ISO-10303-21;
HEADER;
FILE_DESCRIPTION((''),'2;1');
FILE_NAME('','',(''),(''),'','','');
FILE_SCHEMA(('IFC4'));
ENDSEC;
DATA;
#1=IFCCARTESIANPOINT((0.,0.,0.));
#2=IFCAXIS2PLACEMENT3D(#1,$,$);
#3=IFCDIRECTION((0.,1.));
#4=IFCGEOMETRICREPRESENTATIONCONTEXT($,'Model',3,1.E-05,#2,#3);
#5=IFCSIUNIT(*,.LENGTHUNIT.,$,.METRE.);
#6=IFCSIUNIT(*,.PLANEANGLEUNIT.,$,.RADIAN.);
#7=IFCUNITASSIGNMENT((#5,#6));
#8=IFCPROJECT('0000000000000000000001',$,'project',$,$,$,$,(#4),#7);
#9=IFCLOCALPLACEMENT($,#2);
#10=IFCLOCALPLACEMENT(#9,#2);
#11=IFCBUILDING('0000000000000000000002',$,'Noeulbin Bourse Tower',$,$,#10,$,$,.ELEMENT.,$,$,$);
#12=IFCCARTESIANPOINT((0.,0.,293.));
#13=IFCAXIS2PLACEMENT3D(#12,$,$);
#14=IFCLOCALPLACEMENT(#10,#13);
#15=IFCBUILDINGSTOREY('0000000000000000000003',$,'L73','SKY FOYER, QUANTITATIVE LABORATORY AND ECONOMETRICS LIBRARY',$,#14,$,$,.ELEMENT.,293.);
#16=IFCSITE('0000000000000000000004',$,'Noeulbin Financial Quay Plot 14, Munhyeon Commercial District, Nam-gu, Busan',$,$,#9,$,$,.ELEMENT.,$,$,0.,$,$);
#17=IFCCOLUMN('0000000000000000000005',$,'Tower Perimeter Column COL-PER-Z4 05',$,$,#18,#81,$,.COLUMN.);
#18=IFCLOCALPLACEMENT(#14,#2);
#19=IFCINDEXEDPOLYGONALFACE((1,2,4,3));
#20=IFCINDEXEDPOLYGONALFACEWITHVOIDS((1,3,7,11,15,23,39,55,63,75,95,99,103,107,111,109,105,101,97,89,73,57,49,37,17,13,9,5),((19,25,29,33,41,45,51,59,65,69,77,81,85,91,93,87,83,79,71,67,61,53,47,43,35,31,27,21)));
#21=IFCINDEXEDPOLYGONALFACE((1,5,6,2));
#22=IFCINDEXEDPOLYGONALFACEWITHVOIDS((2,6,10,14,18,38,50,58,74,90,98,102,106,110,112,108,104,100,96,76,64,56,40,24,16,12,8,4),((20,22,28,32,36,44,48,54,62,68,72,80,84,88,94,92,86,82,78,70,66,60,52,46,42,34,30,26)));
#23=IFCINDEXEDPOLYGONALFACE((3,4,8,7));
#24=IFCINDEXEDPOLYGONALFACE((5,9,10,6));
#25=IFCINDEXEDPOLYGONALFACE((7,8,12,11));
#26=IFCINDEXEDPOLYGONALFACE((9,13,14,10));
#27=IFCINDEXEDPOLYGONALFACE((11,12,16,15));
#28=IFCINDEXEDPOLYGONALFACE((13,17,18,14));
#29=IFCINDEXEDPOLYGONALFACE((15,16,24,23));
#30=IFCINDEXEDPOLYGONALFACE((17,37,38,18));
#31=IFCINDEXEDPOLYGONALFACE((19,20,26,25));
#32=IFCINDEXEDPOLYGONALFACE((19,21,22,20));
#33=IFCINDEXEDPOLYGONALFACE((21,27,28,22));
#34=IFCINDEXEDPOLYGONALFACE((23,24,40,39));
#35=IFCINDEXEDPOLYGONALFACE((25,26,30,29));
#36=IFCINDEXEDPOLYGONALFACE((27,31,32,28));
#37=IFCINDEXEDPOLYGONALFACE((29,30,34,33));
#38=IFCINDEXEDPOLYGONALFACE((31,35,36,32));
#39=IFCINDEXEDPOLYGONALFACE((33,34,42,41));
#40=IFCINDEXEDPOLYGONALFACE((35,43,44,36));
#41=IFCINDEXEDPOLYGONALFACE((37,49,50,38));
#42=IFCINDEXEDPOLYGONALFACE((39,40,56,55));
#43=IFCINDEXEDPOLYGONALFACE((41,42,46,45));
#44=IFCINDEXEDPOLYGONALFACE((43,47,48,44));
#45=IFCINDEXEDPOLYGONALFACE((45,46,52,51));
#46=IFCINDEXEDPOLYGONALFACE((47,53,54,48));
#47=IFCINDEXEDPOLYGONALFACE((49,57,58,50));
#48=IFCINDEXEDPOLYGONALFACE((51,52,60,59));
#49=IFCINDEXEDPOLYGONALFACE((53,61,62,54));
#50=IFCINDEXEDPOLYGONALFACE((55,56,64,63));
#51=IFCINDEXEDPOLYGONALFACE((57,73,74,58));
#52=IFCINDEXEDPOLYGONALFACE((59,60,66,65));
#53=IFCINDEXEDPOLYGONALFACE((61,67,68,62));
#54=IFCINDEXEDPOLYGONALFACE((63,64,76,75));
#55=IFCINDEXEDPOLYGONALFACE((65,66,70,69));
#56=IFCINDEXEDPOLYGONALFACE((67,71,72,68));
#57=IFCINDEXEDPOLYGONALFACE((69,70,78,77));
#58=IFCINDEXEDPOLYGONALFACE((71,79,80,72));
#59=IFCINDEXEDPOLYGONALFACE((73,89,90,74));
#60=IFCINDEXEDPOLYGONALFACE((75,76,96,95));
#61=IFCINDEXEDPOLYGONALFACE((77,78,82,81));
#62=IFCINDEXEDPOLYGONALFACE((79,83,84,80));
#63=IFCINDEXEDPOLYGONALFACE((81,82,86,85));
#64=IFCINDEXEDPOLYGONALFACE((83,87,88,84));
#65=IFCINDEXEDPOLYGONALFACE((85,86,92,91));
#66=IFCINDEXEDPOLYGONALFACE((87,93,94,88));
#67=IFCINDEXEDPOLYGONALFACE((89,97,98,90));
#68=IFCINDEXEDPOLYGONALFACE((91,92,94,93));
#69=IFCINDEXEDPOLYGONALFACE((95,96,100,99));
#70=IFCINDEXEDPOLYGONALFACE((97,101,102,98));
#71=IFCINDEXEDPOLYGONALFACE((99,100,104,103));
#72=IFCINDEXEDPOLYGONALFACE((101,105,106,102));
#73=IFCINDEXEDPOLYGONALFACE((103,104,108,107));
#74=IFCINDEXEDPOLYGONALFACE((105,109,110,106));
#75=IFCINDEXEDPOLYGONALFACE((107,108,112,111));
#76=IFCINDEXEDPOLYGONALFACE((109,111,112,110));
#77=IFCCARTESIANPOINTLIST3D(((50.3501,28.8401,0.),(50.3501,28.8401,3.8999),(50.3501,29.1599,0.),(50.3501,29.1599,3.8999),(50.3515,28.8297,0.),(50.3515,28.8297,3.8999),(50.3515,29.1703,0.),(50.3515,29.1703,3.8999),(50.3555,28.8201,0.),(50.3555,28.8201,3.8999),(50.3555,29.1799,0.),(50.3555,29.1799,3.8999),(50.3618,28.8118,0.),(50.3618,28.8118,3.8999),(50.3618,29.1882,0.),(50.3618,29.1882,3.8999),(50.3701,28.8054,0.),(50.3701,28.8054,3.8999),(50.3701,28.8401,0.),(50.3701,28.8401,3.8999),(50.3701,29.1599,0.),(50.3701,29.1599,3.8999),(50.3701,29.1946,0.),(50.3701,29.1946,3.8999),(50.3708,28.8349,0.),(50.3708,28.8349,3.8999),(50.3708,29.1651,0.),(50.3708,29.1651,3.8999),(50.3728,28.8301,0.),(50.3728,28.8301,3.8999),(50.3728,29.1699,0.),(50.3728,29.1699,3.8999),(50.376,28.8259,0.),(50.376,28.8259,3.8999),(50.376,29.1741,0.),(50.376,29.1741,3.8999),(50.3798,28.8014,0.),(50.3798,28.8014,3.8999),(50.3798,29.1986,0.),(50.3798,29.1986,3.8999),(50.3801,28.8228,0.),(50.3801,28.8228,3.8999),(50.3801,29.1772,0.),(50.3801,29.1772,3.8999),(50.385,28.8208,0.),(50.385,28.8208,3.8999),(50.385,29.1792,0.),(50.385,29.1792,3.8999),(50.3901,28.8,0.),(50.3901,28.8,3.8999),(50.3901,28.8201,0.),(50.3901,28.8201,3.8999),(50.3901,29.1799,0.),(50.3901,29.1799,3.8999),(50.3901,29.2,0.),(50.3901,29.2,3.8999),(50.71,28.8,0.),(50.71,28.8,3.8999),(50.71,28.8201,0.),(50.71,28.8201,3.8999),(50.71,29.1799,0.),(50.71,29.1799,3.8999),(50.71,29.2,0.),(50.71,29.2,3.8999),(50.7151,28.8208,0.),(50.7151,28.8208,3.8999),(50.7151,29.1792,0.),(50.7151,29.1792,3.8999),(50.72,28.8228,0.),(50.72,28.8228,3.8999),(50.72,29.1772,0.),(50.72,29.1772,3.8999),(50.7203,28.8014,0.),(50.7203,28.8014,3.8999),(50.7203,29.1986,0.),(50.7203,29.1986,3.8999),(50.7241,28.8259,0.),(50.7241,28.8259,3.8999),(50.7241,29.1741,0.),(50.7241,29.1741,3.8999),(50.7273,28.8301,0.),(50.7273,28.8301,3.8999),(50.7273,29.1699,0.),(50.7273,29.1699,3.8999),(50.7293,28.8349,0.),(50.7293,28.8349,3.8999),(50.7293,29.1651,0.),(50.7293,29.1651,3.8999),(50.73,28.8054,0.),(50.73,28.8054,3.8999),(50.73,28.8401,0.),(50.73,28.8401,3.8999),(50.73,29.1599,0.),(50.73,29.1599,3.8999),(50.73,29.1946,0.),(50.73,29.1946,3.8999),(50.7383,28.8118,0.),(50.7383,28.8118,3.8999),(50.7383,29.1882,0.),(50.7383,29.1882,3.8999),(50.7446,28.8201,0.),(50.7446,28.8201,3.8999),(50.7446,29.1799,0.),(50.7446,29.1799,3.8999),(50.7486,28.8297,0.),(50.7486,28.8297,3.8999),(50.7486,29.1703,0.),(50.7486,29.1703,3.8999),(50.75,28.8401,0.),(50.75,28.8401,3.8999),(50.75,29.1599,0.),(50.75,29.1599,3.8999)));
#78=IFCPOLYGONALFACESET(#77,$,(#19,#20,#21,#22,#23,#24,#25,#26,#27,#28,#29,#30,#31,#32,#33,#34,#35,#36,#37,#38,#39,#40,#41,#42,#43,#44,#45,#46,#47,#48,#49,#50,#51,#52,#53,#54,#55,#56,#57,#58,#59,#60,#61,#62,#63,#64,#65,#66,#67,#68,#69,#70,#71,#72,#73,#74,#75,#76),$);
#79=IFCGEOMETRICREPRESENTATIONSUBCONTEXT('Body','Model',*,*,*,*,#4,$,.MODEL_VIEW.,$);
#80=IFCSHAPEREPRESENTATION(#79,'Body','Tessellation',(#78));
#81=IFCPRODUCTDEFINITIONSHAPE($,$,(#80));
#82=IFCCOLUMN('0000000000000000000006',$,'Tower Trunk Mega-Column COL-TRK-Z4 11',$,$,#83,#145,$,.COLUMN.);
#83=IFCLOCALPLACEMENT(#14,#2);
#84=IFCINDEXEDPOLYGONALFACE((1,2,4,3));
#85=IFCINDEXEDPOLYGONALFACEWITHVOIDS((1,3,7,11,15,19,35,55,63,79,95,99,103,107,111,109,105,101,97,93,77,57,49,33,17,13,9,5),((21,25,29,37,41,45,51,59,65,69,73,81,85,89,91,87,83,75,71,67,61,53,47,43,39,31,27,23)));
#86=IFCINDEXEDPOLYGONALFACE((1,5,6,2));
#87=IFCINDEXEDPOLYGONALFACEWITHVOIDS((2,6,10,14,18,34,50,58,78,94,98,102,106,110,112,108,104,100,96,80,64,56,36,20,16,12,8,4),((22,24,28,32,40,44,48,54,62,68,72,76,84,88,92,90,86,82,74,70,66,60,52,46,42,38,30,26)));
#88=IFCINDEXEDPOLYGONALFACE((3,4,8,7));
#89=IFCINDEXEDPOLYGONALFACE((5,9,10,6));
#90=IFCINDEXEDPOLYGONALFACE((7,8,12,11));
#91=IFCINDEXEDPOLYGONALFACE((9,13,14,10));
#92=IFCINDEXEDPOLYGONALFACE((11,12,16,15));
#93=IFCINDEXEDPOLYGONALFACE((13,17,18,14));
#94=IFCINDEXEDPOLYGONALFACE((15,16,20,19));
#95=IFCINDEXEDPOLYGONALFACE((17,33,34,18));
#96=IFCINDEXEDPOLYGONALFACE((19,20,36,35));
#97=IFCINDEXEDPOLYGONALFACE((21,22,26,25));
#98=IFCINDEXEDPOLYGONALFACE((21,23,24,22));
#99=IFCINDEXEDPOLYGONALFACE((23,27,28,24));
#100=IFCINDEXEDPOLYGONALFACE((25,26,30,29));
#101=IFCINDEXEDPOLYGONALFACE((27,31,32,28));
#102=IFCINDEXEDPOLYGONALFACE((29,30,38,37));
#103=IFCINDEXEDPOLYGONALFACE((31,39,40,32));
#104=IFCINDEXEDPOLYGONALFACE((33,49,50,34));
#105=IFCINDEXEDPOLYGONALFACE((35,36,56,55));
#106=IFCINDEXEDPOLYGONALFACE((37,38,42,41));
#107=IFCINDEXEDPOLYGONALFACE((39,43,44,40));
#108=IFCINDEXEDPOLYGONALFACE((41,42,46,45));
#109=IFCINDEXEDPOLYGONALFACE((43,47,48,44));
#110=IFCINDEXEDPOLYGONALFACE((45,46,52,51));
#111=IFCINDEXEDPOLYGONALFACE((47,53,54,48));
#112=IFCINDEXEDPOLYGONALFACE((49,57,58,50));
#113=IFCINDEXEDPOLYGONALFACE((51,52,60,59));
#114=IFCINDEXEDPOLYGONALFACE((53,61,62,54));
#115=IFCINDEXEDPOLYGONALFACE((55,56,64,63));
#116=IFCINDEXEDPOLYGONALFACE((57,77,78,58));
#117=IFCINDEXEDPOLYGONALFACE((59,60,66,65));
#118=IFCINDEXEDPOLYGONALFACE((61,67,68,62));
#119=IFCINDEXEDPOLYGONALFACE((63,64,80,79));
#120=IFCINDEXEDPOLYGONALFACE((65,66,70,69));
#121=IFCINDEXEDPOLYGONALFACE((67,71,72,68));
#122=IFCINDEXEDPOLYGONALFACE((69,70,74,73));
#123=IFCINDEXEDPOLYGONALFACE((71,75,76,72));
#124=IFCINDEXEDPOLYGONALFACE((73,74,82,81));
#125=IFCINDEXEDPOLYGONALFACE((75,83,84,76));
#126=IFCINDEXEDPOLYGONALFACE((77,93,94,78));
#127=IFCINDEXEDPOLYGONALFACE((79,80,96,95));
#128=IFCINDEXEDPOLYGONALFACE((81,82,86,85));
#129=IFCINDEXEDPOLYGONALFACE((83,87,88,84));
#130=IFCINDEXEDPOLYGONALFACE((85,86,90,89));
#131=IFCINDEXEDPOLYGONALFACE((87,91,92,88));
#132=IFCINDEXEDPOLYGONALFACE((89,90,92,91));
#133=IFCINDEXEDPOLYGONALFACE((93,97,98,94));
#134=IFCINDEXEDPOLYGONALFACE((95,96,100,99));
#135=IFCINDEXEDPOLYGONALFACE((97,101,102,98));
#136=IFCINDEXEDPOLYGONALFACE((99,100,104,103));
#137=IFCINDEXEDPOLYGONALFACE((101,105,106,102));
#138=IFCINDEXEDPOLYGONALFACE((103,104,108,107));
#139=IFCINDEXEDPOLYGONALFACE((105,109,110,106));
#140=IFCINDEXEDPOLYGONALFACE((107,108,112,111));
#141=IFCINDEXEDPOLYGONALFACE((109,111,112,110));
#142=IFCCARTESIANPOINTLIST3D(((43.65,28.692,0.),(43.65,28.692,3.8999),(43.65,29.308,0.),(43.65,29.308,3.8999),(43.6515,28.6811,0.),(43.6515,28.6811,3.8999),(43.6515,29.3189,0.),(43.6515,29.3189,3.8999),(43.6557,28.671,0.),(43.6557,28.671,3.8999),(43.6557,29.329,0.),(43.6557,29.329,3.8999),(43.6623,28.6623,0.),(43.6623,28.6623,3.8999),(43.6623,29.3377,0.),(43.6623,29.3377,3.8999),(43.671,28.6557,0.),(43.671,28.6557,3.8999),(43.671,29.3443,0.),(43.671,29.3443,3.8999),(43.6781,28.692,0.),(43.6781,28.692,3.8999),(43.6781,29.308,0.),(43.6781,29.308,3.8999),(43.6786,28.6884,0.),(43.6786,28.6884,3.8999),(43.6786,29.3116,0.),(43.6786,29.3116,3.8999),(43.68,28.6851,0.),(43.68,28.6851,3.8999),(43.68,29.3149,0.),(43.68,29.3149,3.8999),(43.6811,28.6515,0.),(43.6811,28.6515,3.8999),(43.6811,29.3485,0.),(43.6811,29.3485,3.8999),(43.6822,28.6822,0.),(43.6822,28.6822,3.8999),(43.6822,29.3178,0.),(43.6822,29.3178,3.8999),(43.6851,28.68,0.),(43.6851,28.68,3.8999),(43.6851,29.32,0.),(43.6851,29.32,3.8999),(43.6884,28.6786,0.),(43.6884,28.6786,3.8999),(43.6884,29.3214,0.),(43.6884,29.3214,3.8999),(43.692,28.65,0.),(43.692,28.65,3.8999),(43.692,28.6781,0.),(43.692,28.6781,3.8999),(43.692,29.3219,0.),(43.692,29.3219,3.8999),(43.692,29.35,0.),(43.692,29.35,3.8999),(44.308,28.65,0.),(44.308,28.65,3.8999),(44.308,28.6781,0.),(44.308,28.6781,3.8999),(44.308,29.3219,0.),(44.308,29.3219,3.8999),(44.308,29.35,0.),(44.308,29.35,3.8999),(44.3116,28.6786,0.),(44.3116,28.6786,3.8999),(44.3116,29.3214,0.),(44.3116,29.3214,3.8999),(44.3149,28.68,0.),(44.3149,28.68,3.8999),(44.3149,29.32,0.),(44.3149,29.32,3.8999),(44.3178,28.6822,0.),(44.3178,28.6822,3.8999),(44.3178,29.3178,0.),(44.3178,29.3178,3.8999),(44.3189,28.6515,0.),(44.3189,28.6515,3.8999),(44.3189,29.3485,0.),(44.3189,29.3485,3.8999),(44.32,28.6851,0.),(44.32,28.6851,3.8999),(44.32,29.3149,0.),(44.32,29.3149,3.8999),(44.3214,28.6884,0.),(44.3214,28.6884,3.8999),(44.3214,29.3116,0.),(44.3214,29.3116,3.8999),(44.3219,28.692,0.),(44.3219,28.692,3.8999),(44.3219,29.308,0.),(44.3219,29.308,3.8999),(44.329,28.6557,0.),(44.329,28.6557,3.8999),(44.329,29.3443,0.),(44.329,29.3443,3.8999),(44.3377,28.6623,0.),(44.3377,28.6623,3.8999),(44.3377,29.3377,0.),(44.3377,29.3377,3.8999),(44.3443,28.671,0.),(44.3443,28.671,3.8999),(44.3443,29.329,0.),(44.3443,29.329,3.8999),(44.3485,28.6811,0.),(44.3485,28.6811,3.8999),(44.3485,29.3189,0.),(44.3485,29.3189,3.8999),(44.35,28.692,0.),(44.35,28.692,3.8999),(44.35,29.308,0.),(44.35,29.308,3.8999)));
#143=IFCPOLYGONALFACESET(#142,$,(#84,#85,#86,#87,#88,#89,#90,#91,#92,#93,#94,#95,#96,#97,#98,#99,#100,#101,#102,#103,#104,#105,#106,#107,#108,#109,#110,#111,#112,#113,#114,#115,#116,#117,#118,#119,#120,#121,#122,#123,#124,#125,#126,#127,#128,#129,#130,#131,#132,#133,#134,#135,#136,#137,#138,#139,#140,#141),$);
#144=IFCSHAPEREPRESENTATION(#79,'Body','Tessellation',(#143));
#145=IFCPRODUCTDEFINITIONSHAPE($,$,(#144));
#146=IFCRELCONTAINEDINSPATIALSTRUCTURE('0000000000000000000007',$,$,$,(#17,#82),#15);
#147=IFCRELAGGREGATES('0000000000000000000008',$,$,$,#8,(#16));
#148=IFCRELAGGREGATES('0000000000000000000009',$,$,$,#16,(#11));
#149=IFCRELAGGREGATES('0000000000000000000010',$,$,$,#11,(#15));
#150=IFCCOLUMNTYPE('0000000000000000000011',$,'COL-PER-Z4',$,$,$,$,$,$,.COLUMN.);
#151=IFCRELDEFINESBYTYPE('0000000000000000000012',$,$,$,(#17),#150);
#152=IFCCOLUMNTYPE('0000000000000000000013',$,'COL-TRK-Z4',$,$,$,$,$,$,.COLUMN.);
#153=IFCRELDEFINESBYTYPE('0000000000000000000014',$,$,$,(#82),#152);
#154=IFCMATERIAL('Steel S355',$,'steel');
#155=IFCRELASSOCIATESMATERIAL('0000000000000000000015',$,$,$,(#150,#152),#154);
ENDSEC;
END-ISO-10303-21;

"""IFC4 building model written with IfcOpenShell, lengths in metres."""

from ifc_helpers import new_model, si_unit, direction, frame, origin, origin_2d, place, context, subcontext, project, spatial, hollow_rectangle, extrude, material, material_profile, profile_set, type_object, element, save


model = new_model("IFC4")

# Units and contexts
model_context = context("Model", 3, precision=1e-05, world=origin(), true_north=direction((0.0, 1.0)))
body_context = subcontext(model_context, "Body", "Model", "MODEL_VIEW")
ifc_project = project(units=[si_unit("LENGTHUNIT", "METRE"), si_unit("PLANEANGLEUNIT", "RADIAN")], contexts=[model_context])

# Site, building, storey
site_placement = place(None, origin())
site = spatial("IfcSite", under=ifc_project, at=site_placement, Name="Noeulbin Financial Quay Plot 14, Munhyeon Commercial District, Nam-gu, Busan", CompositionType="ELEMENT", RefElevation=0.0)
building_placement = place(site_placement, origin())
building = spatial("IfcBuilding", under=site, at=building_placement, Name="Noeulbin Bourse Tower", CompositionType="ELEMENT")
storey_placement = place(building_placement, frame((0.0, 0.0, 293.0)))
storey = spatial("IfcBuildingStorey", under=building, at=storey_placement, Name="L73", Description="SKY FOYER, QUANTITATIVE LABORATORY AND ECONOMETRICS LIBRARY", CompositionType="ELEMENT", Elevation=293.0)

# Columns
ifc_material_1 = material(Name="Steel S355", Category="steel")
ifc_material_profile_1 = material_profile(ifc_material_1, hollow_rectangle(XDim=0.3999, YDim=0.3999, WallThickness=0.02, InnerFilletRadius=0.02, OuterFilletRadius=0.04, at=origin_2d()), Name="SHS-400x400x20", Category="LoadBearing")
ifc_profile_set_1 = profile_set([ifc_material_profile_1], Name="Steel S355")
column_type_1 = type_object("IfcColumnType", Name="COL-PER-Z4", PredefinedType="COLUMN", material=ifc_profile_set_1)
column_placement = place(storey_placement, frame((50.55, 29.0, 0.0), z_axis=(0.0, 0.0, 1.0), x_axis=(1.0, 0.0, 0.0)))
element("IfcColumn", 1, at=column_placement, inside=storey, type_object=column_type_1, Name="Tower Perimeter Column COL-PER-Z4 05", PredefinedType="COLUMN", context=body_context, shape_type="SweptSolid", body=[
    extrude(hollow_rectangle(XDim=0.3999, YDim=0.3999, WallThickness=0.02, InnerFilletRadius=0.02, OuterFilletRadius=0.04, at=origin_2d()), origin(), (0.0, 0.0, 1.0), 3.8999),
])
ifc_material_profile_2 = material_profile(ifc_material_1, hollow_rectangle(XDim=0.7, YDim=0.7, WallThickness=0.0281, InnerFilletRadius=0.0139, OuterFilletRadius=0.042, at=origin_2d()), Name="BOX-700x700x28", Category="LoadBearing")
ifc_profile_set_2 = profile_set([ifc_material_profile_2], Name="Steel S355")
column_type_2 = type_object("IfcColumnType", Name="COL-TRK-Z4", PredefinedType="COLUMN", material=ifc_profile_set_2)
for number, where, z_axis, x_axis, name in (
    (2, (44.0, 29.0, 0.0), (0.0, 0.0, 1.0), (1.0, 0.0, 0.0), "Tower Trunk Mega-Column COL-TRK-Z4 11"),
):
    element("IfcColumn", number, at=place(storey_placement, frame(where, z_axis=z_axis, x_axis=x_axis)), inside=storey, type_object=column_type_2, Name=name, PredefinedType="COLUMN", context=body_context, shape_type="SweptSolid", body=[
        extrude(hollow_rectangle(XDim=0.7, YDim=0.7, WallThickness=0.0281, InnerFilletRadius=0.0139, OuterFilletRadius=0.042, at=origin_2d()), origin(), (0.0, 0.0, 1.0), 3.8999),
    ])

save(model, "model.ifc")
